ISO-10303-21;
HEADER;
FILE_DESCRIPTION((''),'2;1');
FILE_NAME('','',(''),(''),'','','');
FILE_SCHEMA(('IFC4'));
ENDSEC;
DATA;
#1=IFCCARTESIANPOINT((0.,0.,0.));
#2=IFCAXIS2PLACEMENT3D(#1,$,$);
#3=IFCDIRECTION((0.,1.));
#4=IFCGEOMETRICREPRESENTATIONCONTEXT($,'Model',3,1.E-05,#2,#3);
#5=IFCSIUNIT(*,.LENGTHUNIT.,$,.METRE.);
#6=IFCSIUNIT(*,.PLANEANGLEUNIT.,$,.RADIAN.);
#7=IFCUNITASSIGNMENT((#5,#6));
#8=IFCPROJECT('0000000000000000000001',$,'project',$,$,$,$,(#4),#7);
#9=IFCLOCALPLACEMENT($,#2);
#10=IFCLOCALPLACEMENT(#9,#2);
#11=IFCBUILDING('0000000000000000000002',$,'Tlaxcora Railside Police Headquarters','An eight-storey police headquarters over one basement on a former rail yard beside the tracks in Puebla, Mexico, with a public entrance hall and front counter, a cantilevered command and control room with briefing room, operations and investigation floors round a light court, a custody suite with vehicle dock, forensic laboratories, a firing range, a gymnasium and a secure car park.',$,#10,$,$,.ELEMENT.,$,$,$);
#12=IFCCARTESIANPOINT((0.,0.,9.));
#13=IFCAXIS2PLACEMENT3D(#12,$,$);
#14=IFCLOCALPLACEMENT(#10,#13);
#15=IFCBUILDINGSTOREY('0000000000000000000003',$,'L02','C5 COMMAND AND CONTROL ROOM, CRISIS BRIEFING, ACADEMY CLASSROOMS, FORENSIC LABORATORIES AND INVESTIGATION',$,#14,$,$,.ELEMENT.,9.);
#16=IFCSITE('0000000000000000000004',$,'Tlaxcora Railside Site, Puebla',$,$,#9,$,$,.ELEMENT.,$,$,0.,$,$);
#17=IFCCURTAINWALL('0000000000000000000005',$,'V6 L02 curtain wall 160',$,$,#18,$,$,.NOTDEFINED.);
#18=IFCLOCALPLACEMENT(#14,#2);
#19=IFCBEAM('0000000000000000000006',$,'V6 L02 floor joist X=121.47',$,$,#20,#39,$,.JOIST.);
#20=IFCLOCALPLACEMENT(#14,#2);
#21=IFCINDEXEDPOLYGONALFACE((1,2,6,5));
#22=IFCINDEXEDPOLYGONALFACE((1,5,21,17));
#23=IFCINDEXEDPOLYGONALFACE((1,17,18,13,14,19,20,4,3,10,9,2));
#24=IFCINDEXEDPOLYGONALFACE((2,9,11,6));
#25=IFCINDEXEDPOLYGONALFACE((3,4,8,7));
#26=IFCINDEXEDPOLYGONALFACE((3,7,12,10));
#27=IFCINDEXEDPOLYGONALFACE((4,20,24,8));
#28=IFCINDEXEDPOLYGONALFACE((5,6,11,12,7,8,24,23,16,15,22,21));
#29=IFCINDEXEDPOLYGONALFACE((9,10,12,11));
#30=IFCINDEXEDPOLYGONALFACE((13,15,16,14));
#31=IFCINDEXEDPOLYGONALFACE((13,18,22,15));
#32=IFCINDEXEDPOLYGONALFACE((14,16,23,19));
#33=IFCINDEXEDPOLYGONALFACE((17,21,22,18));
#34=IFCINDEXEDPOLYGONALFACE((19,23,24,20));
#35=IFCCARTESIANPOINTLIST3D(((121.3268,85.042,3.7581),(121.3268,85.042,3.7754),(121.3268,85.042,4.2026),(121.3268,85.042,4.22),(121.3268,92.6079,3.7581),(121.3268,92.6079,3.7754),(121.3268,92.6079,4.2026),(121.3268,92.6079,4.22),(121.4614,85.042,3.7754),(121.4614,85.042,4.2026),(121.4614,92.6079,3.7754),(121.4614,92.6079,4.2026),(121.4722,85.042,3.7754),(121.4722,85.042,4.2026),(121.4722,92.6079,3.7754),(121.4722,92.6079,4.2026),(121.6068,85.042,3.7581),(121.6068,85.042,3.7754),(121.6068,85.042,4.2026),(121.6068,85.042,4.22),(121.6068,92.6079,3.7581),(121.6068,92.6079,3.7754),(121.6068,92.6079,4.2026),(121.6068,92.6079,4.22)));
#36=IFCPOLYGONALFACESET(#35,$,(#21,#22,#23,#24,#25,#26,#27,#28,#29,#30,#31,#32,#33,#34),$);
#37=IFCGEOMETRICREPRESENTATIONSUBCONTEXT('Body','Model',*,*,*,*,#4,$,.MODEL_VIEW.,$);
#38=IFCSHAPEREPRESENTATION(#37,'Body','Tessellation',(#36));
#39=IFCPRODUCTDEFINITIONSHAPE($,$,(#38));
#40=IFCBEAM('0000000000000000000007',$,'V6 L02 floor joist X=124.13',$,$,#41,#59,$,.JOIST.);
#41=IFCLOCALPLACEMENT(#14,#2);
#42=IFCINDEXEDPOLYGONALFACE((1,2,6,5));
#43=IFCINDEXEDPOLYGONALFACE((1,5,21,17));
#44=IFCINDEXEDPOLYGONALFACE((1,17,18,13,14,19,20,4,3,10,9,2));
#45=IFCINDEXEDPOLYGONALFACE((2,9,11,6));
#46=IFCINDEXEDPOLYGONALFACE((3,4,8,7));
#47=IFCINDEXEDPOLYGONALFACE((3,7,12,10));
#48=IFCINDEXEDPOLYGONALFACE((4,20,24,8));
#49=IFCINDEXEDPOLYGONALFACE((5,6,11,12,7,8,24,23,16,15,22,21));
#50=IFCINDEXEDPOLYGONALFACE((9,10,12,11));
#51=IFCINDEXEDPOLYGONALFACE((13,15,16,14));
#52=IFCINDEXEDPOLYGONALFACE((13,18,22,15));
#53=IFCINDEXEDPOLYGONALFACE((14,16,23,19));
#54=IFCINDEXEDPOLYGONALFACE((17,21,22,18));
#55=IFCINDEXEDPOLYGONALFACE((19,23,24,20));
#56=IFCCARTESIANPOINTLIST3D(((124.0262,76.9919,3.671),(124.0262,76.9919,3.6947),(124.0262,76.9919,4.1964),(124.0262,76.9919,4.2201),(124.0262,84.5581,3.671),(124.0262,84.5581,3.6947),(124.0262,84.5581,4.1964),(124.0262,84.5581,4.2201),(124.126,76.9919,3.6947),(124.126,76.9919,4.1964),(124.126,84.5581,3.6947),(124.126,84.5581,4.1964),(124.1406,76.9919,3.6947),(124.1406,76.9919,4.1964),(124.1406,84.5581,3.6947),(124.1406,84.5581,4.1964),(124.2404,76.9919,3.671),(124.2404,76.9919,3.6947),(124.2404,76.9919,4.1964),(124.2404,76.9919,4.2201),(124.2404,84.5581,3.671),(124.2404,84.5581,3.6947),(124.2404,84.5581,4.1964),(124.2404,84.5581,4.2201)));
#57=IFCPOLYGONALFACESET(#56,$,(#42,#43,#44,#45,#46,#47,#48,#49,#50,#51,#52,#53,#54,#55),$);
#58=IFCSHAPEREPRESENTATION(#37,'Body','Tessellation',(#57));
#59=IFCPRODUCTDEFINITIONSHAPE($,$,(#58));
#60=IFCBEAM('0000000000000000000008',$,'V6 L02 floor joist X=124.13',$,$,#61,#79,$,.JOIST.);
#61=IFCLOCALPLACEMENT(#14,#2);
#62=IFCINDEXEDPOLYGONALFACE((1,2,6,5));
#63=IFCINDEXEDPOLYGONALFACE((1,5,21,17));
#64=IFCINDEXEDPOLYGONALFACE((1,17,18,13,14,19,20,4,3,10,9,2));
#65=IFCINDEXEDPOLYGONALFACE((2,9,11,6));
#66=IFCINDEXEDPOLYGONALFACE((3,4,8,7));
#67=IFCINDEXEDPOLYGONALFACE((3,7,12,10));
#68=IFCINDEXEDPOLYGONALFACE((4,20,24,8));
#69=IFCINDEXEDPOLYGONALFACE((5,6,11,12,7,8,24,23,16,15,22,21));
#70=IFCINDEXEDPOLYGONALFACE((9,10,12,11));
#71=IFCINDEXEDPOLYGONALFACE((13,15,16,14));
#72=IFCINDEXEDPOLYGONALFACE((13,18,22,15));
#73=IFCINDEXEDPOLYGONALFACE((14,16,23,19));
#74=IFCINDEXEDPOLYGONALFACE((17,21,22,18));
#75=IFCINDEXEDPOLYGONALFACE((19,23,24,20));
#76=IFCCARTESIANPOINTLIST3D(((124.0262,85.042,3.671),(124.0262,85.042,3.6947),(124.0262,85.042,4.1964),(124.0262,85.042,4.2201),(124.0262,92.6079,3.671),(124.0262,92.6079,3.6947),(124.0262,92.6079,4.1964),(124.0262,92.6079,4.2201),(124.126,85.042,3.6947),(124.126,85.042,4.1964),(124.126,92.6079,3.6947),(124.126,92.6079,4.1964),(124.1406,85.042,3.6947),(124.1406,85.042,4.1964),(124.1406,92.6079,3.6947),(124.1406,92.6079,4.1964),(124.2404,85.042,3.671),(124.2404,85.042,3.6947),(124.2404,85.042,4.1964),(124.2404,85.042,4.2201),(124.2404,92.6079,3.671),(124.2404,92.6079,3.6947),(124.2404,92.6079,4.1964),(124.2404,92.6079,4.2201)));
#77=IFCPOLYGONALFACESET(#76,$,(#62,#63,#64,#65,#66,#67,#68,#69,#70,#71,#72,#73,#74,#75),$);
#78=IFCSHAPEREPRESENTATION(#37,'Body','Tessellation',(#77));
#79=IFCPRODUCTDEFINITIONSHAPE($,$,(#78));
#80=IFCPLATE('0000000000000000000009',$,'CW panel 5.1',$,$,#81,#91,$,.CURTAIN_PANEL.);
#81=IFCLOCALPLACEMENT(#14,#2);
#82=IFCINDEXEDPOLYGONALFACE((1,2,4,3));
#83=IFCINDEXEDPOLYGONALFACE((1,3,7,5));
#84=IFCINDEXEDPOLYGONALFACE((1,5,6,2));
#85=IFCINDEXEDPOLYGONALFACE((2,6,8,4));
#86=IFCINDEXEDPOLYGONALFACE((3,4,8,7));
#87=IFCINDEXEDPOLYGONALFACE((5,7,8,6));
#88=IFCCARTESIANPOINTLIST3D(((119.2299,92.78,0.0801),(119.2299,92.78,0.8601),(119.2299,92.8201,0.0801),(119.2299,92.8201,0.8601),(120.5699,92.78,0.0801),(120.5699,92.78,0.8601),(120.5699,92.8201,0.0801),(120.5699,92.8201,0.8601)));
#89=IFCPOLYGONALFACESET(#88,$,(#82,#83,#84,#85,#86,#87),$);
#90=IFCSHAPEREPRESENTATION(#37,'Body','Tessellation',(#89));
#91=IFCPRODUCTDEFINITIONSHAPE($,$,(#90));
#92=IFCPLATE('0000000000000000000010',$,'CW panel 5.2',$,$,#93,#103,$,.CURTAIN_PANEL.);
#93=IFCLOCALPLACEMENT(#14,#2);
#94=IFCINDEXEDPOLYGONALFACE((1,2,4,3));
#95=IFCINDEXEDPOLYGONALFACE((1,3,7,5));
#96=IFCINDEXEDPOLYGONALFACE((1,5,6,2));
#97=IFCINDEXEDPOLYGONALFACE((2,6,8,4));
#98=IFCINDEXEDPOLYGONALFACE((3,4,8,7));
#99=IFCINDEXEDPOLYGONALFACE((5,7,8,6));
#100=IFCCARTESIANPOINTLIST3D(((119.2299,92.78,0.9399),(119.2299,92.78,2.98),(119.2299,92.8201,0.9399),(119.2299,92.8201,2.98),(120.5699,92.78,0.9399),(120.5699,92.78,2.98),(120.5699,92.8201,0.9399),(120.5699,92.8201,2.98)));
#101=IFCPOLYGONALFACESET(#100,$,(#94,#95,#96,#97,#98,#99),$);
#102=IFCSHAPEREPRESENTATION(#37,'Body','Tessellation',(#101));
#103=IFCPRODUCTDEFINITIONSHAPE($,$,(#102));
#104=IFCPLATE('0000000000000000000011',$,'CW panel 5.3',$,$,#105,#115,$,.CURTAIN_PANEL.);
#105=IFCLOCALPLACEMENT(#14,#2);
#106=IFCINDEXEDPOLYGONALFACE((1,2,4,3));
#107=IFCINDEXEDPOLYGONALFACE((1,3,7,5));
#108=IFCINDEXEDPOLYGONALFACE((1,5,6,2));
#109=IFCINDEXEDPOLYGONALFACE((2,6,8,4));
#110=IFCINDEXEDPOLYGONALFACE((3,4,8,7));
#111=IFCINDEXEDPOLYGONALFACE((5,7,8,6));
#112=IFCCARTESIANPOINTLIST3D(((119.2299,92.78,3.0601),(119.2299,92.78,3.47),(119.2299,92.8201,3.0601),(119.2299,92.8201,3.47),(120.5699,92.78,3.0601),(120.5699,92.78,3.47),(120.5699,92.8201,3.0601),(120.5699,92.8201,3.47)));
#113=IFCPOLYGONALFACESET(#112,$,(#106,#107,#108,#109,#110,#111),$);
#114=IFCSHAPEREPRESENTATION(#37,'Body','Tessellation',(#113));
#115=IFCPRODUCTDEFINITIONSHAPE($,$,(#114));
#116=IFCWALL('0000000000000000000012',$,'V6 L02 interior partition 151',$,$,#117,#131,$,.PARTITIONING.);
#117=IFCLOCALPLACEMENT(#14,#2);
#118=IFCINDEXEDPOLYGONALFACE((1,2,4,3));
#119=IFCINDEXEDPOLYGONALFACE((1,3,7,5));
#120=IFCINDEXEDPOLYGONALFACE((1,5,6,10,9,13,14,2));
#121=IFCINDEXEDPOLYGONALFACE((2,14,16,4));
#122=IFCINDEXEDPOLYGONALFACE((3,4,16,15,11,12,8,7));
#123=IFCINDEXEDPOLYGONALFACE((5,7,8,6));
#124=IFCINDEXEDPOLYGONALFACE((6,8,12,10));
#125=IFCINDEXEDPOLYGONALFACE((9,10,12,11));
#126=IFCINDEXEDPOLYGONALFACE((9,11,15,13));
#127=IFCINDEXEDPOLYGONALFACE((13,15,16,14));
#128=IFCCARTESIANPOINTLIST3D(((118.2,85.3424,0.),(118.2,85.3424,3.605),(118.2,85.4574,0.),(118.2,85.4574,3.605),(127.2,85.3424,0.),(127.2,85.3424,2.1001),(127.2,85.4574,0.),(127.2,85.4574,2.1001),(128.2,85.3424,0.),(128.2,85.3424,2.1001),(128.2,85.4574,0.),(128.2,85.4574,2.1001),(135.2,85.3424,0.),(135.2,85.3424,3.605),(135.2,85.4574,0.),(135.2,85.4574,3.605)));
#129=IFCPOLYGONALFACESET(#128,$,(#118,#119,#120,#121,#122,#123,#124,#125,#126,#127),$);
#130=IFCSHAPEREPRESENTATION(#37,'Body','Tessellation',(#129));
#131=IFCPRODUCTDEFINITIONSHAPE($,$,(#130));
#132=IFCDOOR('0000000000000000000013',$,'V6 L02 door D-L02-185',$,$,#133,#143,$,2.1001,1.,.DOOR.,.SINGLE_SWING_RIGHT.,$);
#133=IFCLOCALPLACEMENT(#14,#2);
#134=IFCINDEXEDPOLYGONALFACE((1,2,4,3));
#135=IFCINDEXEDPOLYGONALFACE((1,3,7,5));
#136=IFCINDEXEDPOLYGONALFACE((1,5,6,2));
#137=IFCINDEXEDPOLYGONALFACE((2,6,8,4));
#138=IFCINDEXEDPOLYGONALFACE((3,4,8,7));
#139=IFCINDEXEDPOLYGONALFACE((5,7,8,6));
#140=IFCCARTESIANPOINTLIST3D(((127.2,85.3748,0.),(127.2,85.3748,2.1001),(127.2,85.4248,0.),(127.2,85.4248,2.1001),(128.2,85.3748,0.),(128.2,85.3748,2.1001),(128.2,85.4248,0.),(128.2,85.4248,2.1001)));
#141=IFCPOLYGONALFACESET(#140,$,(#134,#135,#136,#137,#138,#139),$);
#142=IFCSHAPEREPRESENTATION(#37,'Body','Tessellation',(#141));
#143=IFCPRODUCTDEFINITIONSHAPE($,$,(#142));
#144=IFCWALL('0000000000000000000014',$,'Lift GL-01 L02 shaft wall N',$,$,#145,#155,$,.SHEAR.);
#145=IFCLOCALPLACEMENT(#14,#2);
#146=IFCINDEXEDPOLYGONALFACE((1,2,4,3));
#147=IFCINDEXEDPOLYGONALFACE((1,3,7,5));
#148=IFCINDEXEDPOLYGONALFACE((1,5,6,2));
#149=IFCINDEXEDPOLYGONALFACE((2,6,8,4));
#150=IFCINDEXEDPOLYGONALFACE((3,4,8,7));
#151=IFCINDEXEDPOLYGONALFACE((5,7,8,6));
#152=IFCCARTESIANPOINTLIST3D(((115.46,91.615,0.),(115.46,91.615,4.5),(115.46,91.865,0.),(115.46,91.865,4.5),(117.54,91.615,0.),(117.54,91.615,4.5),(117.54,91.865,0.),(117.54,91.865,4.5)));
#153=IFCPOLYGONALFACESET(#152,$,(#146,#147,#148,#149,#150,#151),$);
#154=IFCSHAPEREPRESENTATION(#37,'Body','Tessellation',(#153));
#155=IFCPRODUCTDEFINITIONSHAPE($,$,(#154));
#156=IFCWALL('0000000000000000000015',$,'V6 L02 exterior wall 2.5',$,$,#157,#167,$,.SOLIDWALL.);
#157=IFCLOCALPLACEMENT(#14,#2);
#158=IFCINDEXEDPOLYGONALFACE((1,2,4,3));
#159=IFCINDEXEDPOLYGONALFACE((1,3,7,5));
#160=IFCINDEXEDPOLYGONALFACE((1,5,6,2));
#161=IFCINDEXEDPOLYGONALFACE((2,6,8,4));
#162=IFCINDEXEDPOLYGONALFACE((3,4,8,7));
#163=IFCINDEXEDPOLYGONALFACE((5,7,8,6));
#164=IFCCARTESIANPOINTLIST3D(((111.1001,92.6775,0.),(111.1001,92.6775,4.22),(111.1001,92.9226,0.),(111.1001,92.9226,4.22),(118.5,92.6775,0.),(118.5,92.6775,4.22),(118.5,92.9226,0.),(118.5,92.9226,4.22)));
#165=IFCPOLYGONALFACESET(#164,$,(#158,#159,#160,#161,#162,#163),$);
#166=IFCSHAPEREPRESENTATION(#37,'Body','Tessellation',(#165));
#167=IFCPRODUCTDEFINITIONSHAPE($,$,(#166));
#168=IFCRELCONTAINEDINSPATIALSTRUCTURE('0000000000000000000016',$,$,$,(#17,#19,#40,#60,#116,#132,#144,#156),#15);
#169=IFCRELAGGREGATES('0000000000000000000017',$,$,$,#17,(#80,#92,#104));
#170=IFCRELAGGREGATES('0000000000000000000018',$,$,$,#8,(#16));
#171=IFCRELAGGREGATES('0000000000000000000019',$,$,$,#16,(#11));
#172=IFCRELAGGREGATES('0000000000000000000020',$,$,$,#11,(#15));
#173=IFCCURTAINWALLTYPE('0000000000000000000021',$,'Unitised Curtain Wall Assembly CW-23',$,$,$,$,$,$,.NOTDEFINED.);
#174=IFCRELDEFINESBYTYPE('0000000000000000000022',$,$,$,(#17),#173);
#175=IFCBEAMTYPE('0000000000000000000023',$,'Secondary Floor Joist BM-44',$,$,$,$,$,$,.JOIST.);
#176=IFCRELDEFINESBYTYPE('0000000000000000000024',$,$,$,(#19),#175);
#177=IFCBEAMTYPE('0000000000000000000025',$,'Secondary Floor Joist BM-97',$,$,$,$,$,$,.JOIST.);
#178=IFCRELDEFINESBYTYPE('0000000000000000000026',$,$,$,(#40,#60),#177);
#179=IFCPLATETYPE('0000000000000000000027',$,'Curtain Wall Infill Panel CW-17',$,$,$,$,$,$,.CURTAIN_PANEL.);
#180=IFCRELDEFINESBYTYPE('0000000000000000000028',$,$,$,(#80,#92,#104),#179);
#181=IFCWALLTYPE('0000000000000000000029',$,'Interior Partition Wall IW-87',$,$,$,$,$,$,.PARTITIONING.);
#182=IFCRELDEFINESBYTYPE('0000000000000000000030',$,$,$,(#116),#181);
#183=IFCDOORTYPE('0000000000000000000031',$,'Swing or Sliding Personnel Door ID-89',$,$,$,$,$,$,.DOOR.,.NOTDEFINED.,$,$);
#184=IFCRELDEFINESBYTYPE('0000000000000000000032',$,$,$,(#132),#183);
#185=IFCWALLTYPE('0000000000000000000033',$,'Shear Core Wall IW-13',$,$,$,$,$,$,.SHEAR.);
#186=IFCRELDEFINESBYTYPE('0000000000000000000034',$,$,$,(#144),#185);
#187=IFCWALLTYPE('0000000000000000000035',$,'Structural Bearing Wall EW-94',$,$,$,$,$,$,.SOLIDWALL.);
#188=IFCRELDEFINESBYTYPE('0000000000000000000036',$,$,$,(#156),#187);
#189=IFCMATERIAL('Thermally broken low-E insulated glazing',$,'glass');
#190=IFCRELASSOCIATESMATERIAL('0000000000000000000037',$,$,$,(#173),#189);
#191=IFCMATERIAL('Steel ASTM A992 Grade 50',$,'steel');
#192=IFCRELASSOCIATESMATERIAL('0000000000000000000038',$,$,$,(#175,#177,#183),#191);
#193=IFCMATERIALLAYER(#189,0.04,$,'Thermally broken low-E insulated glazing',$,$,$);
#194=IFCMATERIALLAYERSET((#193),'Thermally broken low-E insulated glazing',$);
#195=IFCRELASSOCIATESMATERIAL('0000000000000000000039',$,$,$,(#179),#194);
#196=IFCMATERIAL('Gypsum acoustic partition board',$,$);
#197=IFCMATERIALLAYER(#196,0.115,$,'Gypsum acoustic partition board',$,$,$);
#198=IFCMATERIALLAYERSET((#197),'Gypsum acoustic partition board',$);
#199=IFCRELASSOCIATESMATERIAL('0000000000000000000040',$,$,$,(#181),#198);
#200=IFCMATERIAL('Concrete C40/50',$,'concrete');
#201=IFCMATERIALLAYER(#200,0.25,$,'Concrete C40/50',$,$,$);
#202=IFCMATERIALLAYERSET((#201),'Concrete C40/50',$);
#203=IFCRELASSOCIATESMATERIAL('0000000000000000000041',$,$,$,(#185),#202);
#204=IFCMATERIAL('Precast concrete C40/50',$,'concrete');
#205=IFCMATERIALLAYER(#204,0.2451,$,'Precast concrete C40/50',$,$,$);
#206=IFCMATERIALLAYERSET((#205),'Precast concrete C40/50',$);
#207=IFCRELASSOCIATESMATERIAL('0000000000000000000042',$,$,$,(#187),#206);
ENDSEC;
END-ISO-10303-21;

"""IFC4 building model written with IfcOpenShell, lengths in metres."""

from ifc_helpers import new_model, si_unit, direction, frame, frame_2d, origin, origin_2d, place, context, subcontext, project, spatial, rectangle, i_section, extrude, material, layer, layer_set, material_profile, profile_set, type_object, element, fill, aggregate, save


model = new_model("IFC4")

# Units and contexts
model_context = context("Model", 3, precision=1e-05, world=origin(), true_north=direction((0.0, 1.0)))
body_context = subcontext(model_context, "Body", "Model", "MODEL_VIEW")
ifc_project = project(units=[si_unit("LENGTHUNIT", "METRE"), si_unit("PLANEANGLEUNIT", "RADIAN")], contexts=[model_context])

# Site, building, storey
site_placement = place(None, origin())
site = spatial("IfcSite", under=ifc_project, at=site_placement, Name="Tlaxcora Railside Site, Puebla", CompositionType="ELEMENT", RefElevation=0.0)
building_placement = place(site_placement, origin())
building = spatial("IfcBuilding", under=site, at=building_placement, Name="Tlaxcora Railside Police Headquarters", Description="An eight-storey police headquarters over one basement on a former rail yard beside the tracks in Puebla, Mexico, with a public entrance hall and front counter, a cantilevered command and control room with briefing room, operations and investigation floors round a light court, a custody suite with vehicle dock, forensic laboratories, a firing range, a gymnasium and a secure car park.", CompositionType="ELEMENT")
storey_placement = place(building_placement, frame((0.0, 0.0, 9.0)))
storey = spatial("IfcBuildingStorey", under=building, at=storey_placement, Name="L02", Description="C5 COMMAND AND CONTROL ROOM, CRISIS BRIEFING, ACADEMY CLASSROOMS, FORENSIC LABORATORIES AND INVESTIGATION", CompositionType="ELEMENT", Elevation=9.0)

# Shared definitions
ifc_material_1 = material(Name="Concrete C40/50", Category="concrete")

# Curtain wall
ifc_material_2 = material(Name="Thermally broken low-E insulated glazing", Category="glass")
curtain_wall_type = type_object("IfcCurtainWallType", Name="Unitised Curtain Wall Assembly CW-23", PredefinedType="NOTDEFINED", material=ifc_material_2)
curtain_wall_placement = place(storey_placement, origin())
curtain_wall = element("IfcCurtainWall", 1, at=curtain_wall_placement, inside=storey, type_object=curtain_wall_type, Name="V6 L02 curtain wall 160", PredefinedType="NOTDEFINED")

# Beams
ifc_material_3 = material(Name="Steel ASTM A992 Grade 50", Category="steel")
ifc_material_profile_1 = material_profile(ifc_material_3, i_section(OverallWidth=0.28, OverallDepth=0.4619, WebThickness=0.0107, FlangeThickness=0.0173, at=origin_2d()), Name="W18X76")
ifc_profile_set_1 = profile_set([ifc_material_profile_1], Name="Steel ASTM A992 Grade 50")
beam_type_1 = type_object("IfcBeamType", Name="Secondary Floor Joist BM-44", PredefinedType="JOIST", material=ifc_profile_set_1)
beam_1_placement = place(storey_placement, frame((121.4668, 85.042, 3.989), z_axis=(0.0, 1.0, 0.0), x_axis=(-1.0, 0.0, 0.0)))
element("IfcBeam", 2, at=beam_1_placement, inside=storey, type_object=beam_type_1, Name="V6 L02 floor joist X=121.47", PredefinedType="JOIST", context=body_context, shape_type="SweptSolid", body=[
    extrude(i_section(OverallWidth=0.28, OverallDepth=0.4619, WebThickness=0.0107, FlangeThickness=0.0173, at=origin_2d()), origin(), (0.0, 0.0, 1.0), 7.5659),
])
ifc_material_profile_2 = material_profile(ifc_material_3, i_section(OverallWidth=0.2141, OverallDepth=0.5491, WebThickness=0.0146, FlangeThickness=0.0237, at=origin_2d()), Name="W21X93")
ifc_profile_set_2 = profile_set([ifc_material_profile_2], Name="Steel ASTM A992 Grade 50")
beam_type_2 = type_object("IfcBeamType", Name="Secondary Floor Joist BM-97", PredefinedType="JOIST", material=ifc_profile_set_2)
beam_2_placement = place(storey_placement, frame((124.1333, 76.9919, 3.9456), z_axis=(0.0, 1.0, 0.0), x_axis=(-1.0, 0.0, 0.0)))
element("IfcBeam", 3, at=beam_2_placement, inside=storey, type_object=beam_type_2, Name="V6 L02 floor joist X=124.13", PredefinedType="JOIST", context=body_context, shape_type="SweptSolid", body=[
    extrude(i_section(OverallWidth=0.2141, OverallDepth=0.5491, WebThickness=0.0146, FlangeThickness=0.0237, at=origin_2d()), origin(), (0.0, 0.0, 1.0), 7.5662),
])
beam_3_placement = place(storey_placement, frame((124.1333, 85.042, 3.9456), z_axis=(0.0, 1.0, 0.0), x_axis=(-1.0, 0.0, 0.0)))
element("IfcBeam", 4, at=beam_3_placement, inside=storey, type_object=beam_type_2, Name="V6 L02 floor joist X=124.13", PredefinedType="JOIST", context=body_context, shape_type="SweptSolid", body=[
    extrude(i_section(OverallWidth=0.2141, OverallDepth=0.5491, WebThickness=0.0146, FlangeThickness=0.0237, at=origin_2d()), origin(), (0.0, 0.0, 1.0), 7.5659),
])

# Plates
ifc_layer_1 = layer(ifc_material_2, 0.04, Name="Thermally broken low-E insulated glazing")
ifc_layer_set_1 = layer_set([ifc_layer_1], Name="Thermally broken low-E insulated glazing")
plate_type = type_object("IfcPlateType", Name="Curtain Wall Infill Panel CW-17", PredefinedType="CURTAIN_PANEL", material=ifc_layer_set_1)
plate_1_placement = place(storey_placement, frame((119.8999, 92.8, 0.0801), z_axis=(0.0, 0.0, 1.0), x_axis=(-1.0, 0.0, 0.0)))
plate_1 = element("IfcPlate", 5, at=plate_1_placement, type_object=plate_type, Name="CW panel 5.1", PredefinedType="CURTAIN_PANEL", context=body_context, shape_type="SweptSolid", body=[
    extrude(rectangle(XDim=1.3401, YDim=0.04, at=origin_2d()), origin(), (0.0, 0.0, 1.0), 0.78),
])
plate_2_placement = place(storey_placement, frame((119.8999, 92.8, 0.9399), z_axis=(0.0, 0.0, 1.0), x_axis=(-1.0, 0.0, 0.0)))
plate_2 = element("IfcPlate", 6, at=plate_2_placement, type_object=plate_type, Name="CW panel 5.2", PredefinedType="CURTAIN_PANEL", context=body_context, shape_type="SweptSolid", body=[
    extrude(rectangle(XDim=1.3401, YDim=0.04, at=origin_2d()), origin(), (0.0, 0.0, 1.0), 2.04),
])
plate_3_placement = place(storey_placement, frame((119.8999, 92.8, 3.0601), z_axis=(0.0, 0.0, 1.0), x_axis=(-1.0, 0.0, 0.0)))
plate_3 = element("IfcPlate", 7, at=plate_3_placement, type_object=plate_type, Name="CW panel 5.3", PredefinedType="CURTAIN_PANEL", context=body_context, shape_type="SweptSolid", body=[
    extrude(rectangle(XDim=1.3401, YDim=0.04, at=origin_2d()), origin(), (0.0, 0.0, 1.0), 0.4099),
])
aggregate(curtain_wall, [plate_1, plate_2, plate_3])

# Wall, opening, door
ifc_material_4 = material(Name="Gypsum acoustic partition board")
ifc_layer_2 = layer(ifc_material_4, 0.115, Name="Gypsum acoustic partition board")
ifc_layer_set_2 = layer_set([ifc_layer_2], Name="Gypsum acoustic partition board")
wall_type_1 = type_object("IfcWallType", Name="Interior Partition Wall IW-87", PredefinedType="PARTITIONING", material=ifc_layer_set_2)
wall_1_placement = place(storey_placement, frame((118.2, 85.3999, 0.0), z_axis=(0.0, 0.0, 1.0), x_axis=(1.0, 0.0, 0.0)))
wall_1 = element("IfcWall", 8, at=wall_1_placement, inside=storey, type_object=wall_type_1, Name="V6 L02 interior partition 151", PredefinedType="PARTITIONING", context=body_context, shape_type="SweptSolid", body=[
    extrude(rectangle(XDim=17.0, YDim=0.115, at=frame_2d((8.5, 0.0))), origin(), (0.0, 0.0, 1.0), 3.605),
])
opening_placement = place(wall_1_placement, frame((9.0, 0.0, 0.0)))
opening = element("IfcOpeningElement", 9, at=opening_placement, cuts=wall_1, PredefinedType="OPENING", context=body_context, shape_type="SweptSolid", body=[
    extrude(rectangle(XDim=1.0, YDim=2.1001, at=frame_2d((0.5, 1.05))), frame((0.0, 0.0674, 0.0), z_axis=(0.0, -1.0, 0.0), x_axis=(1.0, 0.0, 0.0)), (0.0, 0.0, 1.0), 0.135),
])
door_type = type_object("IfcDoorType", Name="Swing or Sliding Personnel Door ID-89", OperationType="NOTDEFINED", PredefinedType="DOOR", material=ifc_material_3)
door_placement = place(opening_placement, origin())
door = element("IfcDoor", 10, at=door_placement, inside=storey, type_object=door_type, Name="V6 L02 door D-L02-185", OperationType="SINGLE_SWING_RIGHT", OverallHeight=2.1001, OverallWidth=1.0, PredefinedType="DOOR", context=body_context, shape_type="SweptSolid", body=[
    extrude(rectangle(XDim=1.0, YDim=2.1001, at=frame_2d((0.5, 1.05))), frame((0.0, 0.0249, 0.0), z_axis=(0.0, -1.0, 0.0), x_axis=(1.0, 0.0, 0.0)), (0.0, 0.0, 1.0), 0.05),
])
fill(opening, door)

# Walls
ifc_layer_3 = layer(ifc_material_1, 0.25, Name="Concrete C40/50")
ifc_layer_set_3 = layer_set([ifc_layer_3], Name="Concrete C40/50")
wall_type_2 = type_object("IfcWallType", Name="Shear Core Wall IW-13", PredefinedType="SHEAR", material=ifc_layer_set_3)
wall_2_placement = place(storey_placement, frame((117.54, 91.74, 0.0), z_axis=(0.0, 0.0, 1.0), x_axis=(-1.0, 0.0, 0.0)))
element("IfcWall", 11, at=wall_2_placement, inside=storey, type_object=wall_type_2, Name="Lift GL-01 L02 shaft wall N", PredefinedType="SHEAR", context=body_context, shape_type="SweptSolid", body=[
    extrude(rectangle(XDim=2.0801, YDim=0.25, at=frame_2d((1.04, 0.0))), origin(), (0.0, 0.0, 1.0), 4.5),
])
ifc_material_5 = material(Name="Precast concrete C40/50", Category="concrete")
ifc_layer_4 = layer(ifc_material_5, 0.2451, Name="Precast concrete C40/50")
ifc_layer_set_4 = layer_set([ifc_layer_4], Name="Precast concrete C40/50")
wall_type_3 = type_object("IfcWallType", Name="Structural Bearing Wall EW-94", PredefinedType="SOLIDWALL", material=ifc_layer_set_4)
wall_3_placement = place(storey_placement, frame((118.5, 92.8, 0.0), z_axis=(0.0, 0.0, 1.0), x_axis=(-1.0, 0.0, 0.0)))
element("IfcWall", 12, at=wall_3_placement, inside=storey, type_object=wall_type_3, Name="V6 L02 exterior wall 2.5", PredefinedType="SOLIDWALL", context=body_context, shape_type="SweptSolid", body=[
    extrude(rectangle(XDim=7.3999, YDim=0.2451, at=frame_2d((3.7, 0.0))), origin(), (0.0, 0.0, 1.0), 4.22),
])

save(model, "model.ifc")
